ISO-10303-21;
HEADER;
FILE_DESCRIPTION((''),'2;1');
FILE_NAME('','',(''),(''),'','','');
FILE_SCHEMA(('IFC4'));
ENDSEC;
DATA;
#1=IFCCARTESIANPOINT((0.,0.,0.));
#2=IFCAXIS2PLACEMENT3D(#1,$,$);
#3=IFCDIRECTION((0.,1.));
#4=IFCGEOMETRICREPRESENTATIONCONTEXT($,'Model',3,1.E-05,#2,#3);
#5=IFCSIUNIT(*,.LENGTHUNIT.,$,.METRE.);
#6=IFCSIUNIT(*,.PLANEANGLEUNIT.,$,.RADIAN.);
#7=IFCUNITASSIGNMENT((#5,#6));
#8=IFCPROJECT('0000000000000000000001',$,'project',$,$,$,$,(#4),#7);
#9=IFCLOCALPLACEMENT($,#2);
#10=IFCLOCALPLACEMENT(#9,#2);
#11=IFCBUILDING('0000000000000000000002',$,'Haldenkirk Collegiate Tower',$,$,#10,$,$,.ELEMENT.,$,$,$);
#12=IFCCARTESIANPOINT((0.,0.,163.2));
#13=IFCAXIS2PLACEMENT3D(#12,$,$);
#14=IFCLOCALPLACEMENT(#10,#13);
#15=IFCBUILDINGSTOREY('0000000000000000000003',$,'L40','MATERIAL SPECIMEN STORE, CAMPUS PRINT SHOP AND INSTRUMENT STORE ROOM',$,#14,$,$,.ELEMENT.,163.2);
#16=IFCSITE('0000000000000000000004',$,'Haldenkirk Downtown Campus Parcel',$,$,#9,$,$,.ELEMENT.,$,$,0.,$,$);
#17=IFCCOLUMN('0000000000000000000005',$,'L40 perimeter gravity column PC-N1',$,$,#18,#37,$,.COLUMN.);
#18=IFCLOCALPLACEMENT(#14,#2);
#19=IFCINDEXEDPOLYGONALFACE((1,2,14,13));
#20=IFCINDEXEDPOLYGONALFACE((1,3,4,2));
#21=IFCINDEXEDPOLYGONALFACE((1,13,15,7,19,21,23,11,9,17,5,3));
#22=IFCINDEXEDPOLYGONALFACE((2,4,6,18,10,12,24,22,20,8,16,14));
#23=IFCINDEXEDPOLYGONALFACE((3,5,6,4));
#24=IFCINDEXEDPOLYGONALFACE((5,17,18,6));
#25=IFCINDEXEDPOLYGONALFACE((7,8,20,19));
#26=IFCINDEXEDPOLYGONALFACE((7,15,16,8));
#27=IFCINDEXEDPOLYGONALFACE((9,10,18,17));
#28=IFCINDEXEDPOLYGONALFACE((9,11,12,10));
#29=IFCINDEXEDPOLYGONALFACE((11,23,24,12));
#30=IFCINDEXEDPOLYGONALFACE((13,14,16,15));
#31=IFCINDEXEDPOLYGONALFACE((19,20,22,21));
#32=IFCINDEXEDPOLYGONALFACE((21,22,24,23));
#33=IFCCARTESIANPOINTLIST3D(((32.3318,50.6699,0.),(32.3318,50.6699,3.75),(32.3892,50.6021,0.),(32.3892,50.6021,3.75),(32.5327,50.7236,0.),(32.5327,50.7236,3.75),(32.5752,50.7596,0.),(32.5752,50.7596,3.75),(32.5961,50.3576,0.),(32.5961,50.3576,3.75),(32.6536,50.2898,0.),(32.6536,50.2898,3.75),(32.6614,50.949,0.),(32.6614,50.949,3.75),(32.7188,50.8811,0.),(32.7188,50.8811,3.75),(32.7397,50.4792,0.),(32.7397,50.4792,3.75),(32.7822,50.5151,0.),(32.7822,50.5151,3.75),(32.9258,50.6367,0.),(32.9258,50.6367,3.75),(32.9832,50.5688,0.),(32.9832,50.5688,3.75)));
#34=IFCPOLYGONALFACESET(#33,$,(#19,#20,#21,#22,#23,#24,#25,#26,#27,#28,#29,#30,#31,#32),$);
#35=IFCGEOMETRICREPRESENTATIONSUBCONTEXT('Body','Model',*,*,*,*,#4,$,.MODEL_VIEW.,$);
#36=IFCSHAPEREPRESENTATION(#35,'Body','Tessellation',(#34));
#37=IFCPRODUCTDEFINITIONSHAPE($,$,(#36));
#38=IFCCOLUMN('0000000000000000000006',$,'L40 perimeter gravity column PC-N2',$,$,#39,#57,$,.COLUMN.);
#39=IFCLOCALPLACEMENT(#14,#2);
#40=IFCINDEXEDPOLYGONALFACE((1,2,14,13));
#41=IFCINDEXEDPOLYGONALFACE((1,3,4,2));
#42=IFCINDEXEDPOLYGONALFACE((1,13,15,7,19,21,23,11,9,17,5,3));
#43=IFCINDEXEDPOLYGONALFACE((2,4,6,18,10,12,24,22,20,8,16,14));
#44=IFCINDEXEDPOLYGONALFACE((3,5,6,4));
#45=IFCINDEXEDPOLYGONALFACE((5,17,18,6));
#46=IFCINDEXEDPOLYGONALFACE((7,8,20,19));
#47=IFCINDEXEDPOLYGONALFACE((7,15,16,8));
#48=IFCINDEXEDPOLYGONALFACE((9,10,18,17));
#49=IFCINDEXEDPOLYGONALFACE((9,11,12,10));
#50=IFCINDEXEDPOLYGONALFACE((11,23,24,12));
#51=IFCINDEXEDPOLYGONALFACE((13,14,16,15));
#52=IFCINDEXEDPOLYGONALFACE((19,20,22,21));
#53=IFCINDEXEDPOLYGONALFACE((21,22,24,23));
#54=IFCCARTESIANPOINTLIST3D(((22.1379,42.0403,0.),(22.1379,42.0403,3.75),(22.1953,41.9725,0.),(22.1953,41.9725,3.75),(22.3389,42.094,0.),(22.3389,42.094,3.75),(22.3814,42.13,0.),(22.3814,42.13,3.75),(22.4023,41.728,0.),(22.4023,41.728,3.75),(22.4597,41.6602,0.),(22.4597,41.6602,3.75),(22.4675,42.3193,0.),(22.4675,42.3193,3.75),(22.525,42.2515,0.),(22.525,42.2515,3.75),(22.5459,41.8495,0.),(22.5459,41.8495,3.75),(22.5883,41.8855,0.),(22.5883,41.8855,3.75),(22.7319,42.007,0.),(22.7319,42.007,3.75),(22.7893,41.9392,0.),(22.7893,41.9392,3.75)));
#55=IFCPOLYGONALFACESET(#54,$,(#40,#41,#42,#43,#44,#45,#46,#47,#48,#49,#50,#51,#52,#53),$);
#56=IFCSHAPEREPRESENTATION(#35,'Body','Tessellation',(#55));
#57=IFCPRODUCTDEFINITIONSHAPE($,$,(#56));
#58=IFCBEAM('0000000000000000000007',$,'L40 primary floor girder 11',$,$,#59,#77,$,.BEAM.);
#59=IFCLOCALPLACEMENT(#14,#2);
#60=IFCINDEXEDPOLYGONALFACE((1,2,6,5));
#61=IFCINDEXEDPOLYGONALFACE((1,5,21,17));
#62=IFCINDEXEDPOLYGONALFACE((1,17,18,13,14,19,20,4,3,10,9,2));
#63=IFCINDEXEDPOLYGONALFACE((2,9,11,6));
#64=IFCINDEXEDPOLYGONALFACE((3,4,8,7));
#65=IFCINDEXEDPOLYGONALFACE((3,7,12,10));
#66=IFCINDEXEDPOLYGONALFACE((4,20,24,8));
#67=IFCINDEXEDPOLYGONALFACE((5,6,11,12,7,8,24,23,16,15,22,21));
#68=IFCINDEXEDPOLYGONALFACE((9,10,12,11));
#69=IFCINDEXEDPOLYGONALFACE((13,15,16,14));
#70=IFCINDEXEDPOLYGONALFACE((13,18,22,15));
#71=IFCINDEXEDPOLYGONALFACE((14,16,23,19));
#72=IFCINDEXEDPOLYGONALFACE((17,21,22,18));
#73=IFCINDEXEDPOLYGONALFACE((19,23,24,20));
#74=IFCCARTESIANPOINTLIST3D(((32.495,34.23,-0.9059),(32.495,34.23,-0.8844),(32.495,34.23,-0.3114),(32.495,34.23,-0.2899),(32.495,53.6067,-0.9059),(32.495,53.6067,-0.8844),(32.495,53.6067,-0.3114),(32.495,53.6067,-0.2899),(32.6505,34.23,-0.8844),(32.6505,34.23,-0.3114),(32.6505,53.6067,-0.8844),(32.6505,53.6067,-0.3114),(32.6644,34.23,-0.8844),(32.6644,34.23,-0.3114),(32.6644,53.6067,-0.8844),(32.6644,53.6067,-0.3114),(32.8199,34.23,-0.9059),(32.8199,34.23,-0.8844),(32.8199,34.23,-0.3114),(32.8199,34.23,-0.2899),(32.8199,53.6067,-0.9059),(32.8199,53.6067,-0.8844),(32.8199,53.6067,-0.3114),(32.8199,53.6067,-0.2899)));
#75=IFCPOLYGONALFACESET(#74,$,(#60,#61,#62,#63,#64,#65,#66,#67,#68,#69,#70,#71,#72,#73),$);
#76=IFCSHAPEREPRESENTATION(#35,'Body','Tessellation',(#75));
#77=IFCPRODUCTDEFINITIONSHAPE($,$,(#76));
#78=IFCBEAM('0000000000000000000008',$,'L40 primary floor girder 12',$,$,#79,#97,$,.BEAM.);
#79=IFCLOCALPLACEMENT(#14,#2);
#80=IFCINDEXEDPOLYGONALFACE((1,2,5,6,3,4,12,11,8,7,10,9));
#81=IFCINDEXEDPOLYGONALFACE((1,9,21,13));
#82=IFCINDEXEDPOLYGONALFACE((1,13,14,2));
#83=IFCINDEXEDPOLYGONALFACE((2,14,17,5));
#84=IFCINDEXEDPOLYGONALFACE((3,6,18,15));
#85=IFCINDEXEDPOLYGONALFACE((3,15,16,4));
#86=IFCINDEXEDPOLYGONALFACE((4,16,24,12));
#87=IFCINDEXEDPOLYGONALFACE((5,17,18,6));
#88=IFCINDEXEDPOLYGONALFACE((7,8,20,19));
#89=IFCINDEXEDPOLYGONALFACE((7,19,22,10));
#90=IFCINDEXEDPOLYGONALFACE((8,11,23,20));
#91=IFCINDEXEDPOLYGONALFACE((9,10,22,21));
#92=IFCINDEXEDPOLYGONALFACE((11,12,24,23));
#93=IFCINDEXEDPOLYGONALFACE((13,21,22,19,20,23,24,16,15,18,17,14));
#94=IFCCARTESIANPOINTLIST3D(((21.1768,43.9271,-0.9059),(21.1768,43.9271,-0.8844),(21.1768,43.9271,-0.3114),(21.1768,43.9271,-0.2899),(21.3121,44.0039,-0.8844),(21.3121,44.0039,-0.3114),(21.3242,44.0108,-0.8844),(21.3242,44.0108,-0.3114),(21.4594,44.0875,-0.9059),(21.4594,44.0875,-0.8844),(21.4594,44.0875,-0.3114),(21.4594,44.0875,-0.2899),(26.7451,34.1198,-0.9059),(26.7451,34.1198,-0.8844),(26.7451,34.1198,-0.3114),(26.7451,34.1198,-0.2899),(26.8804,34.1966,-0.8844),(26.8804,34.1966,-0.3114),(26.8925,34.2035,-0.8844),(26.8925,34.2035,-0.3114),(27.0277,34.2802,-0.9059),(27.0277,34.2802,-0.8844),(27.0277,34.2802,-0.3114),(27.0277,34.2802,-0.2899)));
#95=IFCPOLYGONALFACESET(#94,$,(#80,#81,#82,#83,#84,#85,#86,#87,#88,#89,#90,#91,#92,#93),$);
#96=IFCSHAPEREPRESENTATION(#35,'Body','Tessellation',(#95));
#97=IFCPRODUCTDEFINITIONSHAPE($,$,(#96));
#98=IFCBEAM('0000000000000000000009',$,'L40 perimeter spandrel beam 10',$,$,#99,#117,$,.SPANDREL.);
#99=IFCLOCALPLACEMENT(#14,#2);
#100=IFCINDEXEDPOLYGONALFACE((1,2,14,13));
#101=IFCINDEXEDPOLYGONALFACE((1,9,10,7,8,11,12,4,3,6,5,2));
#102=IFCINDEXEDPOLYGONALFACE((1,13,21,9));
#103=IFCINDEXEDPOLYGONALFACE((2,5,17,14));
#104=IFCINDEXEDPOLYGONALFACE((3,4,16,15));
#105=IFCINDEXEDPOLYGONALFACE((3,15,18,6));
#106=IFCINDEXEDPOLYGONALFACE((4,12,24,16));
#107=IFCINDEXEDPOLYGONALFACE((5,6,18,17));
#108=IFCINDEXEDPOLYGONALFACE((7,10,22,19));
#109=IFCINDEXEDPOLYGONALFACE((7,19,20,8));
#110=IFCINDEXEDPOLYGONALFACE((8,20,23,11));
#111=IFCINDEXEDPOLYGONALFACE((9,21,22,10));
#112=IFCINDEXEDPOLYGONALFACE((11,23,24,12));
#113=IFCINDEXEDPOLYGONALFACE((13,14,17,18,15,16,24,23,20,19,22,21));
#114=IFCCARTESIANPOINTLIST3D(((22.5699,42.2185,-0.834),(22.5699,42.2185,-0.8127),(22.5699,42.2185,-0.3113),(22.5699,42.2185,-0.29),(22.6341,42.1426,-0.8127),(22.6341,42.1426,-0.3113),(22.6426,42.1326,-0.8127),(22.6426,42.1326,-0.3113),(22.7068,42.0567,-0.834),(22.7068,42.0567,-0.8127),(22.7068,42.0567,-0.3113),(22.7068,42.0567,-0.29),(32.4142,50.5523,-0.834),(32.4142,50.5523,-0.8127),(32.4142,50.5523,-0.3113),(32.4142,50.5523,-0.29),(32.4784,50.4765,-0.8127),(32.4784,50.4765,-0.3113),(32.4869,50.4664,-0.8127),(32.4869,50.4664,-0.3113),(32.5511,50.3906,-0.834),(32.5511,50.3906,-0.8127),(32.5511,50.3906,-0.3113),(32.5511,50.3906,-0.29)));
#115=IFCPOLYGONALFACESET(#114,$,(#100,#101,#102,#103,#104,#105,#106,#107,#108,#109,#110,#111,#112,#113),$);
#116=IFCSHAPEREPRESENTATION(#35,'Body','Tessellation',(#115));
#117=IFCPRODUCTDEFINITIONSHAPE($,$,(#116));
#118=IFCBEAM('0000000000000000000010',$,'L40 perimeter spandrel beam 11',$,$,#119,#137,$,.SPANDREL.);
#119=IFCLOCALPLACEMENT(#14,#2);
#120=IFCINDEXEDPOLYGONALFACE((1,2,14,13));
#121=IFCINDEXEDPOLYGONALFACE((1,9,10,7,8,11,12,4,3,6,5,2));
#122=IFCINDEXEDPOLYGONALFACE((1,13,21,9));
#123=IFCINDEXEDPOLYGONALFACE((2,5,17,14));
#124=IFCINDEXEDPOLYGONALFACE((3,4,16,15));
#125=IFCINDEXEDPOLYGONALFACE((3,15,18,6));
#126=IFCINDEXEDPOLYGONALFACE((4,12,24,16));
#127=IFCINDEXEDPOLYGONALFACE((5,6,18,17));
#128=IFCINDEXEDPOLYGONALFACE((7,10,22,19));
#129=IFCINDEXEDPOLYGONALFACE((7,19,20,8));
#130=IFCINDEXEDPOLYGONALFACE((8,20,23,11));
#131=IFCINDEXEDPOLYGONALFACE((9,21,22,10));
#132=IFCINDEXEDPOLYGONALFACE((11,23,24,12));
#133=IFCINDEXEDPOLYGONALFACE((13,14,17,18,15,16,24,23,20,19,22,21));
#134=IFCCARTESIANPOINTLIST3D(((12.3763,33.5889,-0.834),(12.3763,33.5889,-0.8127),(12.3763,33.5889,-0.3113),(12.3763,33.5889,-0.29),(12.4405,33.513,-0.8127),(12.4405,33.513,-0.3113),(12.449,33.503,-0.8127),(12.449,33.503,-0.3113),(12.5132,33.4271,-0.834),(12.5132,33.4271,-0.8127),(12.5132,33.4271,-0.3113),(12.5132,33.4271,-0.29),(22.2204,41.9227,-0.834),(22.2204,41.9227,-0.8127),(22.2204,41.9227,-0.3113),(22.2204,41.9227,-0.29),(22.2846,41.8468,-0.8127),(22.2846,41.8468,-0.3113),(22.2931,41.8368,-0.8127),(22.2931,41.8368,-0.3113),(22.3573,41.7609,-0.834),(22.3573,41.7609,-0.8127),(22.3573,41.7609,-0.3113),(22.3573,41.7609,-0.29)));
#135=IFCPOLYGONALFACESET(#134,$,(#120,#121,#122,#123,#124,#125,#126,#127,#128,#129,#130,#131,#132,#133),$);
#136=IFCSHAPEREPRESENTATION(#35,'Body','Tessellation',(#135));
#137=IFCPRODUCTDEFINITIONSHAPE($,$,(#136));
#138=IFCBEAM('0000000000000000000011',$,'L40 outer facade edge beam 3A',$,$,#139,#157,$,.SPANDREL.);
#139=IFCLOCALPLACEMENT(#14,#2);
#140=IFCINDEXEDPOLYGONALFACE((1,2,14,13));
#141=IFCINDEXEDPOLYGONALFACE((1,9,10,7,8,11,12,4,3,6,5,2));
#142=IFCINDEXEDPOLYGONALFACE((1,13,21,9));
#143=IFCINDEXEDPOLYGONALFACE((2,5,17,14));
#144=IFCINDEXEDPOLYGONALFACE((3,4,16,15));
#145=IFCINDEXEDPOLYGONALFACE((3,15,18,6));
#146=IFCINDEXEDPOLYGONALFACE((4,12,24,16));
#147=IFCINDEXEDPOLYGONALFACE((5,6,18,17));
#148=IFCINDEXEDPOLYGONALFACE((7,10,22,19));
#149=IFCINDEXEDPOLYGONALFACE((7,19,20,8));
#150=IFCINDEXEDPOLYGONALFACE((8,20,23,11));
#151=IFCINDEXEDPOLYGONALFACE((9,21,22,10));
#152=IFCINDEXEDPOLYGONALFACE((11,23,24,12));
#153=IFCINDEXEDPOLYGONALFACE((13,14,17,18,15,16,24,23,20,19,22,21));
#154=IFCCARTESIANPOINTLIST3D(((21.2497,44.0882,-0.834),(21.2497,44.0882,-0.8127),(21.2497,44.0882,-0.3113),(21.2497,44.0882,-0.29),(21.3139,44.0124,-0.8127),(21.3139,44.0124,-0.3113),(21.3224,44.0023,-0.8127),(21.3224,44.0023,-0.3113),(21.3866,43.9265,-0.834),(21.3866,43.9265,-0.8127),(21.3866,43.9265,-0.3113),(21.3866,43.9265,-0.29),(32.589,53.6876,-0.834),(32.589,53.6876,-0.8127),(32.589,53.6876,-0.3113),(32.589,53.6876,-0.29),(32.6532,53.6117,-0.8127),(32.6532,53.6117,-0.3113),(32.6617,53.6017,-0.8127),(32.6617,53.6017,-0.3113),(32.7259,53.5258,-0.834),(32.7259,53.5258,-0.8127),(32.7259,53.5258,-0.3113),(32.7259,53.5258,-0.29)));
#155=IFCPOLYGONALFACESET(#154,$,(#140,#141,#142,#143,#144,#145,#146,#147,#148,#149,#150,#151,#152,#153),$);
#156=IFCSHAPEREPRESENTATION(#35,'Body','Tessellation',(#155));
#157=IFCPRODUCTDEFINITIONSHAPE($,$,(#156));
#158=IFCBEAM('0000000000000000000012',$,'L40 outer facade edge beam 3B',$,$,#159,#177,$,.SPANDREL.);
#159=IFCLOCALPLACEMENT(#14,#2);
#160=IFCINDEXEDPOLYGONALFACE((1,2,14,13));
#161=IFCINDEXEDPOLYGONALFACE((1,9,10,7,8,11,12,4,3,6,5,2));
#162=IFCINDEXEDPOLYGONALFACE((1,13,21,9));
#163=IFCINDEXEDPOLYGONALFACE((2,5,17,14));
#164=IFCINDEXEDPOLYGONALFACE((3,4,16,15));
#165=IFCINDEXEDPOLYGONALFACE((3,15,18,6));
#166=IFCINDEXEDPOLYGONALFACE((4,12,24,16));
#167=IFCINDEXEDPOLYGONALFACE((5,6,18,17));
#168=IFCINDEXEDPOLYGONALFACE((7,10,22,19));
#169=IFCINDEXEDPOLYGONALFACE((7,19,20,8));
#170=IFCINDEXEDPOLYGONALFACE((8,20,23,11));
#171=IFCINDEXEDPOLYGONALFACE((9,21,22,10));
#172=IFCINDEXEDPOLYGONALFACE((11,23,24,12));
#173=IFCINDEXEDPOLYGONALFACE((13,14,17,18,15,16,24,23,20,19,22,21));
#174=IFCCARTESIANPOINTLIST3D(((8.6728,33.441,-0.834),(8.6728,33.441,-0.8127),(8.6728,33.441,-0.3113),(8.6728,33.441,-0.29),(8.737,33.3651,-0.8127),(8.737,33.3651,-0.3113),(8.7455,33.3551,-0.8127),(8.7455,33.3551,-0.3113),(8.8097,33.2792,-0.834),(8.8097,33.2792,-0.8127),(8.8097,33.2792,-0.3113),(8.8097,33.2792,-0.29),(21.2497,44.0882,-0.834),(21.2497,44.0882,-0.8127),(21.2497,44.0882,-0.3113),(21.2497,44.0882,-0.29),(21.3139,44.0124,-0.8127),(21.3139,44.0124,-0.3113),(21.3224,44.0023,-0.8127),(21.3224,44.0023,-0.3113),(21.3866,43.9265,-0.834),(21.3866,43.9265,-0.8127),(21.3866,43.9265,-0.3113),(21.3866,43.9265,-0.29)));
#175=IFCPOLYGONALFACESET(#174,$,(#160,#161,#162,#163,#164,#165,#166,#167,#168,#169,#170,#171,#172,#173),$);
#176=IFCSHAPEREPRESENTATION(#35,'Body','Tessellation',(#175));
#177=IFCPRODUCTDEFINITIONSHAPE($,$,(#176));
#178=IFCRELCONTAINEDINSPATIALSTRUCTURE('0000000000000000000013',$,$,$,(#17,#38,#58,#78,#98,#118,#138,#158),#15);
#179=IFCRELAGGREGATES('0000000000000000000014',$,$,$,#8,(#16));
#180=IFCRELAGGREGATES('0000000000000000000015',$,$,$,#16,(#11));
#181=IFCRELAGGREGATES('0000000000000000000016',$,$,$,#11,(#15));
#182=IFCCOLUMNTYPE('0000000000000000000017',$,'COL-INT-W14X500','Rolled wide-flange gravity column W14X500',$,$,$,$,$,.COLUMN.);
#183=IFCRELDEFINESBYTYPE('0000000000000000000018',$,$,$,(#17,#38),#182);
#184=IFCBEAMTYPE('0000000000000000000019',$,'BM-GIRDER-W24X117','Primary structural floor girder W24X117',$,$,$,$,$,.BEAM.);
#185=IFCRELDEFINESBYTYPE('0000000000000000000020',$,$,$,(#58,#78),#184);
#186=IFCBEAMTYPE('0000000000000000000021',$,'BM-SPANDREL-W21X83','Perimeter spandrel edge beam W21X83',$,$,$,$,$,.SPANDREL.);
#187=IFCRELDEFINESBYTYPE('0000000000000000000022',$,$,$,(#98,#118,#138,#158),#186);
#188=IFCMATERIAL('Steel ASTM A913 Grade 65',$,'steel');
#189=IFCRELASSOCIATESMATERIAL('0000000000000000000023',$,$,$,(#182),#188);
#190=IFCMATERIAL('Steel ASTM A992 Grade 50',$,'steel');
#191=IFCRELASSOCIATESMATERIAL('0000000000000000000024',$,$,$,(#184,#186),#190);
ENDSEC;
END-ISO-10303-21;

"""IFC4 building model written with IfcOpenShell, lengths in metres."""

from ifc_helpers import new_model, si_unit, direction, frame, origin, origin_2d, place, context, subcontext, project, spatial, i_section, extrude, material, material_profile, profile_set, type_object, element, save


model = new_model("IFC4")

# Units and contexts
model_context = context("Model", 3, precision=1e-05, world=origin(), true_north=direction((0.0, 1.0)))
body_context = subcontext(model_context, "Body", "Model", "MODEL_VIEW")
ifc_project = project(units=[si_unit("LENGTHUNIT", "METRE"), si_unit("PLANEANGLEUNIT", "RADIAN")], contexts=[model_context])

# Site, building, storey
site_placement = place(None, origin())
site = spatial("IfcSite", under=ifc_project, at=site_placement, Name="Haldenkirk Downtown Campus Parcel", CompositionType="ELEMENT", RefElevation=0.0)
building_placement = place(site_placement, origin())
building = spatial("IfcBuilding", under=site, at=building_placement, Name="Haldenkirk Collegiate Tower", CompositionType="ELEMENT")
storey_placement = place(building_placement, frame((0.0, 0.0, 163.2)))
storey = spatial("IfcBuildingStorey", under=building, at=storey_placement, Name="L40", Description="MATERIAL SPECIMEN STORE, CAMPUS PRINT SHOP AND INSTRUMENT STORE ROOM", CompositionType="ELEMENT", Elevation=163.2)

# Columns
ifc_material_1 = material(Name="Steel ASTM A913 Grade 65", Category="steel")
ifc_material_profile_1 = material_profile(ifc_material_1, i_section(OverallWidth=0.4319, OverallDepth=0.498, WebThickness=0.0557, FlangeThickness=0.0889, at=origin_2d()), Name="W14X500")
ifc_profile_set_1 = profile_set([ifc_material_profile_1], Name="Steel ASTM A913 Grade 65")
column_type = type_object("IfcColumnType", Name="COL-INT-W14X500", Description="Rolled wide-flange gravity column W14X500", PredefinedType="COLUMN", material=ifc_profile_set_1)
for number, where, z_axis, x_axis, name in (
    (1, (32.6575, 50.6194, 0.0), (0.0, 0.0, 1.0), (0.763232, 0.646124, 0.0), "L40 perimeter gravity column PC-N1"),
    (2, (22.4636, 41.9897, 0.0), (0.0, 0.0, 1.0), (0.763232, 0.646124, 0.0), "L40 perimeter gravity column PC-N2"),
):
    element("IfcColumn", number, at=place(storey_placement, frame(where, z_axis=z_axis, x_axis=x_axis)), inside=storey, type_object=column_type, Name=name, PredefinedType="COLUMN", context=body_context, shape_type="SweptSolid", body=[
        extrude(i_section(OverallWidth=0.4319, OverallDepth=0.498, WebThickness=0.0557, FlangeThickness=0.0889, at=origin_2d()), origin(), (0.0, 0.0, 1.0), 3.75),
    ])

# Beams
ifc_material_2 = material(Name="Steel ASTM A992 Grade 50", Category="steel")
ifc_material_profile_2 = material_profile(ifc_material_2, i_section(OverallWidth=0.325, OverallDepth=0.616, WebThickness=0.0139, FlangeThickness=0.0215, at=origin_2d()), Name="W24X117")
ifc_profile_set_2 = profile_set([ifc_material_profile_2], Name="Steel ASTM A992 Grade 50")
beam_type_1 = type_object("IfcBeamType", Name="BM-GIRDER-W24X117", Description="Primary structural floor girder W24X117", PredefinedType="BEAM", material=ifc_profile_set_2)
beam_1_placement = place(storey_placement, frame((32.6575, 53.6067, -0.5979), z_axis=(0.0, -1.0, 0.0), x_axis=(1.0, 0.0, 0.0)))
element("IfcBeam", 3, at=beam_1_placement, inside=storey, type_object=beam_type_1, Name="L40 primary floor girder 11", PredefinedType="BEAM", context=body_context, shape_type="SweptSolid", body=[
    extrude(i_section(OverallWidth=0.325, OverallDepth=0.616, WebThickness=0.0139, FlangeThickness=0.0215, at=origin_2d()), origin(), (0.0, 0.0, 1.0), 19.3767),
])
beam_2_placement = place(storey_placement, frame((21.3181, 44.0073, -0.5979), z_axis=(0.49374, -0.869609, 0.0), x_axis=(0.869609, 0.49374, 0.0)))
element("IfcBeam", 4, at=beam_2_placement, inside=storey, type_object=beam_type_1, Name="L40 primary floor girder 12", PredefinedType="BEAM", context=body_context, shape_type="SweptSolid", body=[
    extrude(i_section(OverallWidth=0.325, OverallDepth=0.616, WebThickness=0.0139, FlangeThickness=0.0215, at=origin_2d()), origin(), (0.0, 0.0, 1.0), 11.2778),
])
ifc_material_profile_3 = material_profile(ifc_material_2, i_section(OverallWidth=0.2119, OverallDepth=0.5439, WebThickness=0.0132, FlangeThickness=0.0212, at=origin_2d()), Name="W21X83")
ifc_profile_set_3 = profile_set([ifc_material_profile_3], Name="Steel ASTM A992 Grade 50")
beam_type_2 = type_object("IfcBeamType", Name="BM-SPANDREL-W21X83", Description="Perimeter spandrel edge beam W21X83", PredefinedType="SPANDREL", material=ifc_profile_set_3)
beam_3_placement = place(storey_placement, frame((32.4827, 50.4714, -0.562), z_axis=(-0.763233, -0.646123, 0.0), x_axis=(0.646123, -0.763233, 0.0)))
element("IfcBeam", 5, at=beam_3_placement, inside=storey, type_object=beam_type_2, Name="L40 perimeter spandrel beam 10", PredefinedType="SPANDREL", context=body_context, shape_type="SweptSolid", body=[
    extrude(i_section(OverallWidth=0.2119, OverallDepth=0.5439, WebThickness=0.0132, FlangeThickness=0.0212, at=origin_2d()), origin(), (0.0, 0.0, 1.0), 12.8982),
])
beam_4_placement = place(storey_placement, frame((22.2888, 41.8418, -0.562), z_axis=(-0.763225, -0.646132, 0.0), x_axis=(0.646132, -0.763225, 0.0)))
element("IfcBeam", 6, at=beam_4_placement, inside=storey, type_object=beam_type_2, Name="L40 perimeter spandrel beam 11", PredefinedType="SPANDREL", context=body_context, shape_type="SweptSolid", body=[
    extrude(i_section(OverallWidth=0.2119, OverallDepth=0.5439, WebThickness=0.0132, FlangeThickness=0.0212, at=origin_2d()), origin(), (0.0, 0.0, 1.0), 12.8979),
])
beam_5_placement = place(storey_placement, frame((32.6575, 53.6067, -0.562), z_axis=(-0.763236, -0.64612, 0.0), x_axis=(0.64612, -0.763236, 0.0)))
element("IfcBeam", 7, at=beam_5_placement, inside=storey, type_object=beam_type_2, Name="L40 outer facade edge beam 3A", PredefinedType="SPANDREL", context=body_context, shape_type="SweptSolid", body=[
    extrude(i_section(OverallWidth=0.2119, OverallDepth=0.5439, WebThickness=0.0132, FlangeThickness=0.0212, at=origin_2d()), origin(), (0.0, 0.0, 1.0), 14.8569),
])
beam_6_placement = place(storey_placement, frame((21.3181, 44.0073, -0.562), z_axis=(-0.76323, -0.646127, 0.0), x_axis=(0.646127, -0.76323, 0.0)))
element("IfcBeam", 8, at=beam_6_placement, inside=storey, type_object=beam_type_2, Name="L40 outer facade edge beam 3B", PredefinedType="SPANDREL", context=body_context, shape_type="SweptSolid", body=[
    extrude(i_section(OverallWidth=0.2119, OverallDepth=0.5439, WebThickness=0.0132, FlangeThickness=0.0212, at=origin_2d()), origin(), (0.0, 0.0, 1.0), 16.4785),
])

save(model, "model.ifc")
